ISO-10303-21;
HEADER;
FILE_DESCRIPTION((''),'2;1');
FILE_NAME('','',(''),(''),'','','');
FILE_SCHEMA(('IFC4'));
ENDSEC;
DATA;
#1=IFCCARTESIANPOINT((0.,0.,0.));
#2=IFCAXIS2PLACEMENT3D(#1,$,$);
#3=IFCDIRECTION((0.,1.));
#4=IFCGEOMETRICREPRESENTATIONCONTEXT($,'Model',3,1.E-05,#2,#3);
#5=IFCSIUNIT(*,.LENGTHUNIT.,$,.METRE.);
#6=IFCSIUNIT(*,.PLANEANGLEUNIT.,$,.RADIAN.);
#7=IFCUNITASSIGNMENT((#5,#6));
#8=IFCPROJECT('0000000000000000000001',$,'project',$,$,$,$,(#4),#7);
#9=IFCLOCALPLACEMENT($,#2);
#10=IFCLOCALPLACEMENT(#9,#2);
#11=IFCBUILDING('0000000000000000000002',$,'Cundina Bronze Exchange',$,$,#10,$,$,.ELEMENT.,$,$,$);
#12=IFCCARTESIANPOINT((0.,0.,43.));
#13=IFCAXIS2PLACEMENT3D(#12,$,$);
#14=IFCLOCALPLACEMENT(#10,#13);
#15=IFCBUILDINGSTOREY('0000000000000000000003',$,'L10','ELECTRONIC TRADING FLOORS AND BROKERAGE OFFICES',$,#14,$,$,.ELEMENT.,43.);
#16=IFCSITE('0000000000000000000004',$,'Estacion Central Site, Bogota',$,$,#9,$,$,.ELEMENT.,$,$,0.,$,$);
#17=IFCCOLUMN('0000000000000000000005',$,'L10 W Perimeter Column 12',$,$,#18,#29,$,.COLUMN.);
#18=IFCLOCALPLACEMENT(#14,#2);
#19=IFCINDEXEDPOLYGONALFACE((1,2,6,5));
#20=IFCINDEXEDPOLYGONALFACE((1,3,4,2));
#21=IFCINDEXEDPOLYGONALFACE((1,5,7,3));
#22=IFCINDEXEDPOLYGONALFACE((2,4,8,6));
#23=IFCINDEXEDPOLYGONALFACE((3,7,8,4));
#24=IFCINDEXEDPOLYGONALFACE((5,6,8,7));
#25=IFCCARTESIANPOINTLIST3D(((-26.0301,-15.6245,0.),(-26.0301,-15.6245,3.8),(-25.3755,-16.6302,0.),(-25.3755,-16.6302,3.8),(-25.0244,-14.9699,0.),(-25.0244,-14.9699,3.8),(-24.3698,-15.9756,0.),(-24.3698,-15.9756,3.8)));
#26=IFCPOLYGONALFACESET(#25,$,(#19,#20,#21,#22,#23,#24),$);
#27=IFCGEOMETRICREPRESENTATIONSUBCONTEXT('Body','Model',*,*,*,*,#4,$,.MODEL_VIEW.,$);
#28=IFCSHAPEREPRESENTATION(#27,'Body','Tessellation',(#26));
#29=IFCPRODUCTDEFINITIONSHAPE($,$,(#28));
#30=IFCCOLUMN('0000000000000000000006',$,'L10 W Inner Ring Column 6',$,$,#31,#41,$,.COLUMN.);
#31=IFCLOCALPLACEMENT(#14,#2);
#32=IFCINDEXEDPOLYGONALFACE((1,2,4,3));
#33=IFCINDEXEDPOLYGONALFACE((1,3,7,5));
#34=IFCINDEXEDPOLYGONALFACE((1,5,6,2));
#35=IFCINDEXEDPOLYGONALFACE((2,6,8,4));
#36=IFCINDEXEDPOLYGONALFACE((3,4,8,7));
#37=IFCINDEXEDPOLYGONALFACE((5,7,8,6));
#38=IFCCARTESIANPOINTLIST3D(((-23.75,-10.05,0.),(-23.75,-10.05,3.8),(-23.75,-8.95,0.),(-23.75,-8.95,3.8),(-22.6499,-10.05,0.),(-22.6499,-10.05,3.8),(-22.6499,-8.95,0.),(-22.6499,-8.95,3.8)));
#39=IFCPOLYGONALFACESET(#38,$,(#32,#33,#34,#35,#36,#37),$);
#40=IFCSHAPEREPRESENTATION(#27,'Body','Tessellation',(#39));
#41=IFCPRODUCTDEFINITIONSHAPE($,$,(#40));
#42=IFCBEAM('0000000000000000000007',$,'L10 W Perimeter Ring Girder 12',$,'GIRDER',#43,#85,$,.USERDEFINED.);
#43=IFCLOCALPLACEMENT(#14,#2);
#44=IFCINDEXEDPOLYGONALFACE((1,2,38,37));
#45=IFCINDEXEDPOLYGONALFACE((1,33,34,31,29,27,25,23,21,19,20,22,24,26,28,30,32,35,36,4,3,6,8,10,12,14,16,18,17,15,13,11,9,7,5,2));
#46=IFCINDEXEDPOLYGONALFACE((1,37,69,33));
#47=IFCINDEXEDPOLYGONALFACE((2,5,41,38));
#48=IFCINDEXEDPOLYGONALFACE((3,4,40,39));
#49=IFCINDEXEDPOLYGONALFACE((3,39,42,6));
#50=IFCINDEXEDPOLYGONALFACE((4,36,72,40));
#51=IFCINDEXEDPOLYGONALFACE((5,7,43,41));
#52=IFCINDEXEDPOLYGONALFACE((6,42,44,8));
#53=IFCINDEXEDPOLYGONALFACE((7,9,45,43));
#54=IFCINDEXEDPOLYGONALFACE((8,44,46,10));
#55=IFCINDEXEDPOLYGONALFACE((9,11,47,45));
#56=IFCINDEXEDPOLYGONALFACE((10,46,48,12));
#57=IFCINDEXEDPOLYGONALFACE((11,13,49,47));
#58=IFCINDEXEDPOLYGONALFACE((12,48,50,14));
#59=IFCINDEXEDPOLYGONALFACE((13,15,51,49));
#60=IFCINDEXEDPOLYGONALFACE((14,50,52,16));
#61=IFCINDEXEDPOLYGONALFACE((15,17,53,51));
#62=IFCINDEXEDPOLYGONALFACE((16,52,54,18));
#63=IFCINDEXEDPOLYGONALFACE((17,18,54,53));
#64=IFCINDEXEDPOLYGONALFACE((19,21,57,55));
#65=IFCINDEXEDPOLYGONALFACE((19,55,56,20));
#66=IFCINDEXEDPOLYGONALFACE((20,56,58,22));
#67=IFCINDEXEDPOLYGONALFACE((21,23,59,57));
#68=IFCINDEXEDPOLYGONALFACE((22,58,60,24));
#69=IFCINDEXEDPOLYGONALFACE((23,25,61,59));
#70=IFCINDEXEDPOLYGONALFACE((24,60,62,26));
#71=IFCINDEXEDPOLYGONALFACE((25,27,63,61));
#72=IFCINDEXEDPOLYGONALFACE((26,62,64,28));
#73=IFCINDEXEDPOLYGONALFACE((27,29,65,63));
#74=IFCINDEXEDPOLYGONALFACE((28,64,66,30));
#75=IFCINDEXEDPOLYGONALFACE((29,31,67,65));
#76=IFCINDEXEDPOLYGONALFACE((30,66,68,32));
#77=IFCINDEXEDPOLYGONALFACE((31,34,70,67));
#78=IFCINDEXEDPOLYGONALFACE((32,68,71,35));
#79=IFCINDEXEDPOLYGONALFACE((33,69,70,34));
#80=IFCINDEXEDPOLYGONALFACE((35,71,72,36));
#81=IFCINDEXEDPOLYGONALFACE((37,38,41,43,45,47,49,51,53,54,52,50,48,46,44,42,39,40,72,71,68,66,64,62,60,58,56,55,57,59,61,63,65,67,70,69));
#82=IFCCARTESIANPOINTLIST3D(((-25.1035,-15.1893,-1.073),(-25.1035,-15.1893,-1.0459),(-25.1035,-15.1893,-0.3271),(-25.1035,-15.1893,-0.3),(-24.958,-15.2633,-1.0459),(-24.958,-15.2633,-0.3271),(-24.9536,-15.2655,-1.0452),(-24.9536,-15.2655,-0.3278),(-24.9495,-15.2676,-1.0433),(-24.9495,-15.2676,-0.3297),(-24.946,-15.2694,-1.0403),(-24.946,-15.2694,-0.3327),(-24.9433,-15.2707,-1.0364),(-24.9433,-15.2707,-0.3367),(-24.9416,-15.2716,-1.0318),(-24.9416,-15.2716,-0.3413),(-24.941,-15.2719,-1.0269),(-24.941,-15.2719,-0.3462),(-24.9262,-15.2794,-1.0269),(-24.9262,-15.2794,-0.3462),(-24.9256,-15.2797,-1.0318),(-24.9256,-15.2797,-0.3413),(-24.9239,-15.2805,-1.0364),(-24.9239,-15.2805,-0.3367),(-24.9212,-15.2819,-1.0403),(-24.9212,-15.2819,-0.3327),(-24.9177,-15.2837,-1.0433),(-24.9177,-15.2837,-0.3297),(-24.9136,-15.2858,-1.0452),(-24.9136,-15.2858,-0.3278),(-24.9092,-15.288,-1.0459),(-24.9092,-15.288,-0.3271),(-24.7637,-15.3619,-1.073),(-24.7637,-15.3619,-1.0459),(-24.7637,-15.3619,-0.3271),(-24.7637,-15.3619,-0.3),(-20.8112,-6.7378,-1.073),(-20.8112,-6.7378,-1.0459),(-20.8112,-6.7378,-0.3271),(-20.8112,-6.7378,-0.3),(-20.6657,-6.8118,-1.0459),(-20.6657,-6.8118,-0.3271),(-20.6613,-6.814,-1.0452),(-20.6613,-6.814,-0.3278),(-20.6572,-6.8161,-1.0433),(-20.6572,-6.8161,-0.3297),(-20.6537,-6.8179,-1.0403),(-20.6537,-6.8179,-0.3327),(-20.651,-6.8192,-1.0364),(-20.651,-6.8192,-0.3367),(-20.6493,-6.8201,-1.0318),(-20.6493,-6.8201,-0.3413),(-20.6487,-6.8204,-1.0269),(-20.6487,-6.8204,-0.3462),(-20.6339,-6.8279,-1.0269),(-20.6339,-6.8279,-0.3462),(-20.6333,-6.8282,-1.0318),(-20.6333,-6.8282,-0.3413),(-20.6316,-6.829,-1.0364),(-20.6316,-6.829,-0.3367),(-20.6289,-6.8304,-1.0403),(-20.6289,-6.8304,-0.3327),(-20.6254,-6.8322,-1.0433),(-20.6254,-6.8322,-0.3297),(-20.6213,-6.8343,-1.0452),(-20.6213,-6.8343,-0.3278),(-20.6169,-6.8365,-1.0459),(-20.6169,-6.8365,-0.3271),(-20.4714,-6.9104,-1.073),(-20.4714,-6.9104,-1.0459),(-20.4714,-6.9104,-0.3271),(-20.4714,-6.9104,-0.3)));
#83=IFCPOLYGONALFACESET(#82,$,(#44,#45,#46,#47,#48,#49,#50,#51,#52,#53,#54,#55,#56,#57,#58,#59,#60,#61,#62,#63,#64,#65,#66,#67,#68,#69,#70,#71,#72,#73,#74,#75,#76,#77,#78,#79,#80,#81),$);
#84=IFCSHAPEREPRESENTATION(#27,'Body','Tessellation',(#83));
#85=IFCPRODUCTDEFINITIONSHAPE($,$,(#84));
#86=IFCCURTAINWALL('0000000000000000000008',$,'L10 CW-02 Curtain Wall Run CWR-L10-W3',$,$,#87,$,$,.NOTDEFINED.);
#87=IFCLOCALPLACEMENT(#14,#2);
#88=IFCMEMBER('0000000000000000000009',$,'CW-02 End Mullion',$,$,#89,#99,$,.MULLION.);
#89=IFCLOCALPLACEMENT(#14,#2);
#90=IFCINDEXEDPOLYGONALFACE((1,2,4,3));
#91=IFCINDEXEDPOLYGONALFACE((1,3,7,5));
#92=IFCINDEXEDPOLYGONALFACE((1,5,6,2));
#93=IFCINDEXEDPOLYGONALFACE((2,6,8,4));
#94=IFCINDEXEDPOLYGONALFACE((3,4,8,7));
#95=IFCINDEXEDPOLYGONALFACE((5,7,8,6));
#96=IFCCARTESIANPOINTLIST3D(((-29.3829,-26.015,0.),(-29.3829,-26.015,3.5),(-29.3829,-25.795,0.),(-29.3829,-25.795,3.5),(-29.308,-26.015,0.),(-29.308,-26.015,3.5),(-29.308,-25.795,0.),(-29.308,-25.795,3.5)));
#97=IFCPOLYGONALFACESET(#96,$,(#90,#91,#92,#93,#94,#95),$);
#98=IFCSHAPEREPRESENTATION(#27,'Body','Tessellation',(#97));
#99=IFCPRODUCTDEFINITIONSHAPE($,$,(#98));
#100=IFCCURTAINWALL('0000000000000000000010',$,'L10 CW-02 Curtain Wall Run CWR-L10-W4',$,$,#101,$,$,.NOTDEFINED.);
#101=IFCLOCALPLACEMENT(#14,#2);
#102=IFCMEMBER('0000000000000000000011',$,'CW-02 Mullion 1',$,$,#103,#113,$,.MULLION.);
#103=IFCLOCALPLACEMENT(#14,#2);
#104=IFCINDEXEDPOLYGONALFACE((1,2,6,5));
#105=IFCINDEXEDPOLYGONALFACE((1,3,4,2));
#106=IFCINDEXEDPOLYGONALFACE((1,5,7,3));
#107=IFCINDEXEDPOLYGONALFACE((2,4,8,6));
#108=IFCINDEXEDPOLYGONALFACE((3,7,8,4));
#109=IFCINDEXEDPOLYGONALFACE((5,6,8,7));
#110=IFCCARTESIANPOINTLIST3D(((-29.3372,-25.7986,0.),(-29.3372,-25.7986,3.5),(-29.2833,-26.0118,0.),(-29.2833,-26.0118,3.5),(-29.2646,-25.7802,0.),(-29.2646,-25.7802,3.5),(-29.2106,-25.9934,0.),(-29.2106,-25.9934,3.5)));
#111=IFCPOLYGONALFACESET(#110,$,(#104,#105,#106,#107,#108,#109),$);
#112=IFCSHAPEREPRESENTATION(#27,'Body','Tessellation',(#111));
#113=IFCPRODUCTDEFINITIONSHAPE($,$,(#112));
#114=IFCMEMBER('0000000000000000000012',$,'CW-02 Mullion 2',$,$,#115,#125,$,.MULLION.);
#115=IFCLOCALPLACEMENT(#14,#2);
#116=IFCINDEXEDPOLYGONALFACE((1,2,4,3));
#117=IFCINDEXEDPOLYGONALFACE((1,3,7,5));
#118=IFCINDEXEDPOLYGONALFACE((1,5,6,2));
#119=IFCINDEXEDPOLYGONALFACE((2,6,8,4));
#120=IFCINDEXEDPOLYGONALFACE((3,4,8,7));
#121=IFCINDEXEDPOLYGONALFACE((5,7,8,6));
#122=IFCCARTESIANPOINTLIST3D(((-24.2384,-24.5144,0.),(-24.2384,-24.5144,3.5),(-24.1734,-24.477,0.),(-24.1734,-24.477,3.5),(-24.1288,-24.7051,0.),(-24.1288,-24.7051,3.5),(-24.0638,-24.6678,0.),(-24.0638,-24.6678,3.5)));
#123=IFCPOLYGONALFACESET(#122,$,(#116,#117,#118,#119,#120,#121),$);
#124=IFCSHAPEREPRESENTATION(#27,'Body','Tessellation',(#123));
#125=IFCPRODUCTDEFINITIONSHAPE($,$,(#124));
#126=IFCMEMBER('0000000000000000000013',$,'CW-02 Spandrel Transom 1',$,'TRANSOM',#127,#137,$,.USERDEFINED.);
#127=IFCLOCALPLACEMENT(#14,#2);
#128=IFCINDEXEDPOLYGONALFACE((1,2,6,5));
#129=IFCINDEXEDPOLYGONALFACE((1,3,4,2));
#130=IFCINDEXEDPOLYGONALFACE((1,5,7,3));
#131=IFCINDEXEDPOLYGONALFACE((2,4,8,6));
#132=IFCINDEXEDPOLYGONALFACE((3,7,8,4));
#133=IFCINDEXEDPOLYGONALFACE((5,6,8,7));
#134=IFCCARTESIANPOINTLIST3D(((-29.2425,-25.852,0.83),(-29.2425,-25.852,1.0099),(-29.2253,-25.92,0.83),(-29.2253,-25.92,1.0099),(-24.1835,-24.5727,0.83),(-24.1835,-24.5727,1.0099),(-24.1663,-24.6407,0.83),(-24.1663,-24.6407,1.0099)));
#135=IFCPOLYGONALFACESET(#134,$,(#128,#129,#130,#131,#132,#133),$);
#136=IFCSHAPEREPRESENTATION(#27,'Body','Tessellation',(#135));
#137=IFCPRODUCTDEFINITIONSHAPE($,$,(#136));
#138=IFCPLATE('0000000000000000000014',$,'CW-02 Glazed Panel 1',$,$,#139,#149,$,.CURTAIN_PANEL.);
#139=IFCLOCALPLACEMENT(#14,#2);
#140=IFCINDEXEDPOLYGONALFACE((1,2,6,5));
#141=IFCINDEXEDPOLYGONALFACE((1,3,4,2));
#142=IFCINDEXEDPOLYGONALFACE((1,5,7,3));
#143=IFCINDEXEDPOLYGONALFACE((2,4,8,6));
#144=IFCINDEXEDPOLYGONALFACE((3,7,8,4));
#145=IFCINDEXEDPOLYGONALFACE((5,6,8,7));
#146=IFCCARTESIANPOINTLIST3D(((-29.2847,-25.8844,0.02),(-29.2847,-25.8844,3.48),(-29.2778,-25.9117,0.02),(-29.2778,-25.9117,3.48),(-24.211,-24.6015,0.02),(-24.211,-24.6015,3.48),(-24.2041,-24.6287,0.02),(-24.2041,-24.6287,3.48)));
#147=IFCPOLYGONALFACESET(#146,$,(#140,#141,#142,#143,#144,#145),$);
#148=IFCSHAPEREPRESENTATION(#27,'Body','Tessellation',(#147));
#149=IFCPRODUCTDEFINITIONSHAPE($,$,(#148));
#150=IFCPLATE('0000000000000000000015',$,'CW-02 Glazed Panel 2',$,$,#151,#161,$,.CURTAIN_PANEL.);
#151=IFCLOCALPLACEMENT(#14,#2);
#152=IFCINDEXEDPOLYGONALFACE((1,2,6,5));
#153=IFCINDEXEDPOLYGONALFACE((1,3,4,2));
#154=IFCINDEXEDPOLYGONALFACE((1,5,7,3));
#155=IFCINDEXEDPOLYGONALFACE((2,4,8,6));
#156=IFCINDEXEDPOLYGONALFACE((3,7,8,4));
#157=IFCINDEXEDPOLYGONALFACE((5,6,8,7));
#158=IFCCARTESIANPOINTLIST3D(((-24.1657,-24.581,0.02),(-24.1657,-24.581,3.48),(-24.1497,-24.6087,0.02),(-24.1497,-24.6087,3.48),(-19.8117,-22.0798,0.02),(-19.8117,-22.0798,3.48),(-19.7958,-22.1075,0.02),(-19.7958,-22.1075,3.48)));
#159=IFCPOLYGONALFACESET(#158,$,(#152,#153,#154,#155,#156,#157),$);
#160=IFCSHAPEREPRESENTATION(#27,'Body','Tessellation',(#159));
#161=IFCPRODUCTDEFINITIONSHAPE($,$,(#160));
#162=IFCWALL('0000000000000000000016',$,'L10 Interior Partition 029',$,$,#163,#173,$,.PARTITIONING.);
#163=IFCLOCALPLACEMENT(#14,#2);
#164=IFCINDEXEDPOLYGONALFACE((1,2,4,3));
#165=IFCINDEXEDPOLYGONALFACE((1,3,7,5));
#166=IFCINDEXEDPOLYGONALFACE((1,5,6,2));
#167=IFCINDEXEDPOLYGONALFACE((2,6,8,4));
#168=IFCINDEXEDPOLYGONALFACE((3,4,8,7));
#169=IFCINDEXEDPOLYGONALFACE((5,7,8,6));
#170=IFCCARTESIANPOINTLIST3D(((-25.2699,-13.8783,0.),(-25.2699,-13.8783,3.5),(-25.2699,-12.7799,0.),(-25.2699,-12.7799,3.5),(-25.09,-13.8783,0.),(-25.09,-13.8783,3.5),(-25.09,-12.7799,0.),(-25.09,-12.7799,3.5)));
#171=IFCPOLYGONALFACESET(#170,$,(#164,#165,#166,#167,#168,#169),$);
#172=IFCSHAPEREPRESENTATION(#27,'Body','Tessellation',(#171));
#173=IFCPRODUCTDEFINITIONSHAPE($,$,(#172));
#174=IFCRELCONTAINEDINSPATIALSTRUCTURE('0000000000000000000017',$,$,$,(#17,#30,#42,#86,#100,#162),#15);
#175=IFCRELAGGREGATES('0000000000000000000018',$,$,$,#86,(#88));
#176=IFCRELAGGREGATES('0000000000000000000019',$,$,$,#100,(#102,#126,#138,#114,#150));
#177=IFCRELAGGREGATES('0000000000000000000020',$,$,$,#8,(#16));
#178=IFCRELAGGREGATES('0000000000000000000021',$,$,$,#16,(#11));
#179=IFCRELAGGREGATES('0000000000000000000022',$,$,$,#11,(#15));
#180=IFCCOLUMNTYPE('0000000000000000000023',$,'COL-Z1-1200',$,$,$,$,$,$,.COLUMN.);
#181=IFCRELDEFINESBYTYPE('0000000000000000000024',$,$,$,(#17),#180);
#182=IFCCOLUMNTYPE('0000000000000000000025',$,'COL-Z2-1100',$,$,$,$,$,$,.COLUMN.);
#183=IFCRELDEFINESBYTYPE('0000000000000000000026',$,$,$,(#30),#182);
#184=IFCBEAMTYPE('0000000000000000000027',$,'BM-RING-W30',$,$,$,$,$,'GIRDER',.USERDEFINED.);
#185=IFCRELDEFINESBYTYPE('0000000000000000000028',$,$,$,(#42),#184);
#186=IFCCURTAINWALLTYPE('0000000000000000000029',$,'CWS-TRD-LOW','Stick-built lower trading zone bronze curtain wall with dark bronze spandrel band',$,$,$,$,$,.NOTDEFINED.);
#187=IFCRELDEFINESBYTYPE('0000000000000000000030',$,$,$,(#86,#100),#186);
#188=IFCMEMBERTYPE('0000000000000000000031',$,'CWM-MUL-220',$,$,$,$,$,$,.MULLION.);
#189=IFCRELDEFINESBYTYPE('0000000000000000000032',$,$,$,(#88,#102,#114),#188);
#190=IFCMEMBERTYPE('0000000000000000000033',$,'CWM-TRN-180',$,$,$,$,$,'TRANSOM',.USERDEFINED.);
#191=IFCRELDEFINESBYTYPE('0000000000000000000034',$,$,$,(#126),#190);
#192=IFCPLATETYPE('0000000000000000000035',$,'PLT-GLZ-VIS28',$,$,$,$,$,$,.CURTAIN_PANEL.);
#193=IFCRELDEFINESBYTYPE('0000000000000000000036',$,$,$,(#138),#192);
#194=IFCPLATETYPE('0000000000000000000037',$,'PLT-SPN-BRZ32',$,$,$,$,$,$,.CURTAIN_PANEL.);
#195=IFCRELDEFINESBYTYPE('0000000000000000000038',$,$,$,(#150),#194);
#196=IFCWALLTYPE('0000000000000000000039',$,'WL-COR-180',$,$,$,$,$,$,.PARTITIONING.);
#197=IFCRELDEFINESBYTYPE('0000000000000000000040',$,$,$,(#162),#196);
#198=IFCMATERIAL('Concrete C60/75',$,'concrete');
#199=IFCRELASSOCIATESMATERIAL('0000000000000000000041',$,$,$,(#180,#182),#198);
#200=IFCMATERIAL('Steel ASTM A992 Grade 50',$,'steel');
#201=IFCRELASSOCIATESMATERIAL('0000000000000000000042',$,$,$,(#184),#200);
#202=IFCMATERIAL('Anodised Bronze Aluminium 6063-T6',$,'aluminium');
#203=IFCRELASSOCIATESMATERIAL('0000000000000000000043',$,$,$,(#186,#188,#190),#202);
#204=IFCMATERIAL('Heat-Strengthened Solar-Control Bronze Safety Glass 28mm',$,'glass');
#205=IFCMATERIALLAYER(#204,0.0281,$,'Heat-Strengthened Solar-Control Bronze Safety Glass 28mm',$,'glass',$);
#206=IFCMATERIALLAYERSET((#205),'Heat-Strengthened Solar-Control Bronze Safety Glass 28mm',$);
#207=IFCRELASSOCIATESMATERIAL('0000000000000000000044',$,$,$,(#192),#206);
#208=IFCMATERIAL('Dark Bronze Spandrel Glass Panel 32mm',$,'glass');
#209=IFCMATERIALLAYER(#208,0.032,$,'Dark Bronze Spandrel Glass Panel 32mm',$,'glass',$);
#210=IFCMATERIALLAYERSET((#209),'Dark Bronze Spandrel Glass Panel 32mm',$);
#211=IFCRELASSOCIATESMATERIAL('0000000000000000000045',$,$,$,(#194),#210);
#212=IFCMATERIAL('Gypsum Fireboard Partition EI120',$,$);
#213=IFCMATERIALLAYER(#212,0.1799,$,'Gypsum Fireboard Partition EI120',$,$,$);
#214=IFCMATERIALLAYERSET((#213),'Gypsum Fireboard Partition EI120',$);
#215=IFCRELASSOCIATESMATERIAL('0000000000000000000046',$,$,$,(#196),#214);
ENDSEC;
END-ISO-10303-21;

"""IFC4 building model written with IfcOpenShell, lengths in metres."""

from ifc_helpers import new_model, si_unit, direction, frame, frame_2d, origin, origin_2d, place, context, subcontext, project, spatial, rectangle, i_section, extrude, material, layer, layer_set, material_profile, profile_set, type_object, element, aggregate, save


model = new_model("IFC4")

# Units and contexts
model_context = context("Model", 3, precision=1e-05, world=origin(), true_north=direction((0.0, 1.0)))
body_context = subcontext(model_context, "Body", "Model", "MODEL_VIEW")
ifc_project = project(units=[si_unit("LENGTHUNIT", "METRE"), si_unit("PLANEANGLEUNIT", "RADIAN")], contexts=[model_context])

# Site, building, storey
site_placement = place(None, origin())
site = spatial("IfcSite", under=ifc_project, at=site_placement, Name="Estacion Central Site, Bogota", CompositionType="ELEMENT", RefElevation=0.0)
building_placement = place(site_placement, origin())
building = spatial("IfcBuilding", under=site, at=building_placement, Name="Cundina Bronze Exchange", CompositionType="ELEMENT")
storey_placement = place(building_placement, frame((0.0, 0.0, 43.0)))
storey = spatial("IfcBuildingStorey", under=building, at=storey_placement, Name="L10", Description="ELECTRONIC TRADING FLOORS AND BROKERAGE OFFICES", CompositionType="ELEMENT", Elevation=43.0)

# Columns
ifc_material_1 = material(Name="Concrete C60/75", Category="concrete")
ifc_material_profile_1 = material_profile(ifc_material_1, rectangle(XDim=1.2, YDim=1.2, at=origin_2d()), Name="RC1200X1200", Category="concrete")
ifc_profile_set_1 = profile_set([ifc_material_profile_1], Name="Concrete C60/75")
column_type_1 = type_object("IfcColumnType", Name="COL-Z1-1200", PredefinedType="COLUMN", material=ifc_profile_set_1)
column_1_placement = place(storey_placement, frame((-25.2, -15.8, 0.0), z_axis=(0.0, 0.0, 1.0), x_axis=(0.8381, 0.545517, 0.0)))
element("IfcColumn", 1, at=column_1_placement, inside=storey, type_object=column_type_1, Name="L10 W Perimeter Column 12", PredefinedType="COLUMN", context=body_context, shape_type="SweptSolid", body=[
    extrude(rectangle(XDim=1.2, YDim=1.2, at=origin_2d()), origin(), (0.0, 0.0, 1.0), 3.8),
])
ifc_material_profile_2 = material_profile(ifc_material_1, rectangle(XDim=1.1001, YDim=1.1001, at=origin_2d()), Name="RC1100X1100", Category="concrete")
ifc_profile_set_2 = profile_set([ifc_material_profile_2], Name="Concrete C60/75")
column_type_2 = type_object("IfcColumnType", Name="COL-Z2-1100", PredefinedType="COLUMN", material=ifc_profile_set_2)
column_2_placement = place(storey_placement, frame((-23.2, -9.5, 0.0), z_axis=(0.0, 0.0, 1.0), x_axis=(1.0, 0.0, 0.0)))
element("IfcColumn", 2, at=column_2_placement, inside=storey, type_object=column_type_2, Name="L10 W Inner Ring Column 6", PredefinedType="COLUMN", context=body_context, shape_type="SweptSolid", body=[
    extrude(rectangle(XDim=1.1001, YDim=1.1001, at=origin_2d()), origin(), (0.0, 0.0, 1.0), 3.8),
])

# Beam
ifc_material_2 = material(Name="Steel ASTM A992 Grade 50", Category="steel")
ifc_material_profile_3 = material_profile(ifc_material_2, i_section(OverallWidth=0.3811, OverallDepth=0.7729, WebThickness=0.0166, FlangeThickness=0.0271, FilletRadius=0.019, at=origin_2d()), Name="W30X173", Category="steel")
ifc_profile_set_3 = profile_set([ifc_material_profile_3], Name="Steel ASTM A992 Grade 50")
beam_type = type_object("IfcBeamType", Name="BM-RING-W30", ElementType="GIRDER", PredefinedType="USERDEFINED", material=ifc_profile_set_3)
beam_placement = place(storey_placement, frame((-24.9336, -15.2756, -0.6865), z_axis=(0.45282, 0.891602, 0.0), x_axis=(-0.891602, 0.45282, 0.0)))
element("IfcBeam", 3, at=beam_placement, inside=storey, type_object=beam_type, Name="L10 W Perimeter Ring Girder 12", ObjectType="GIRDER", PredefinedType="USERDEFINED", context=body_context, shape_type="SweptSolid", body=[
    extrude(i_section(OverallWidth=0.3811, OverallDepth=0.7729, WebThickness=0.0166, FlangeThickness=0.0271, FilletRadius=0.019, at=origin_2d()), origin(), (0.0, 0.0, 1.0), 9.479),
])

# Curtain wall, member
ifc_material_3 = material(Name="Anodised Bronze Aluminium 6063-T6", Category="aluminium")
curtain_wall_type = type_object("IfcCurtainWallType", Name="CWS-TRD-LOW", Description="Stick-built lower trading zone bronze curtain wall with dark bronze spandrel band", PredefinedType="NOTDEFINED", material=ifc_material_3)
curtain_wall_1_placement = place(storey_placement, origin())
curtain_wall_1 = element("IfcCurtainWall", 4, at=curtain_wall_1_placement, inside=storey, type_object=curtain_wall_type, Name="L10 CW-02 Curtain Wall Run CWR-L10-W3", PredefinedType="NOTDEFINED")
ifc_material_profile_4 = material_profile(ifc_material_3, rectangle(XDim=0.075, YDim=0.22, at=origin_2d()), Name="AL75X220", Category="aluminium")
ifc_profile_set_4 = profile_set([ifc_material_profile_4], Name="Anodised Bronze Aluminium 6063-T6")
member_type_1 = type_object("IfcMemberType", Name="CWM-MUL-220", PredefinedType="MULLION", material=ifc_profile_set_4)
member_1_placement = place(storey_placement, frame((-29.3455, -25.905, 0.0), z_axis=(0.0, 0.0, 1.0), x_axis=(1.0, 0.0, 0.0)))
member_1 = element("IfcMember", 5, at=member_1_placement, type_object=member_type_1, Name="CW-02 End Mullion", PredefinedType="MULLION", context=body_context, shape_type="SweptSolid", body=[
    extrude(rectangle(XDim=0.075, YDim=0.22, at=origin_2d()), origin(), (0.0, 0.0, 1.0), 3.5),
])
aggregate(curtain_wall_1, [member_1])

# Curtain wall, members, plates
curtain_wall_2_placement = place(storey_placement, origin())
curtain_wall_2 = element("IfcCurtainWall", 6, at=curtain_wall_2_placement, inside=storey, type_object=curtain_wall_type, Name="L10 CW-02 Curtain Wall Run CWR-L10-W4", PredefinedType="NOTDEFINED")
member_2_placement = place(storey_placement, frame((-29.2739, -25.896, 0.0), z_axis=(0.0, 0.0, 1.0), x_axis=(0.969488, 0.245138, 0.0)))
member_2 = element("IfcMember", 7, at=member_2_placement, type_object=member_type_1, Name="CW-02 Mullion 1", PredefinedType="MULLION", context=body_context, shape_type="SweptSolid", body=[
    extrude(rectangle(XDim=0.075, YDim=0.22, at=origin_2d()), origin(), (0.0, 0.0, 1.0), 3.5),
])
member_3_placement = place(storey_placement, frame((-24.1511, -24.5911, 0.0), z_axis=(0.0, 0.0, 1.0), x_axis=(0.867071, 0.498185, 0.0)))
member_3 = element("IfcMember", 8, at=member_3_placement, type_object=member_type_1, Name="CW-02 Mullion 2", PredefinedType="MULLION", context=body_context, shape_type="SweptSolid", body=[
    extrude(rectangle(XDim=0.075, YDim=0.22, at=origin_2d()), origin(), (0.0, 0.0, 1.0), 3.5),
])
ifc_material_profile_5 = material_profile(ifc_material_3, rectangle(XDim=0.0701, YDim=0.1799, at=origin_2d()), Name="AL70X180", Category="aluminium")
ifc_profile_set_5 = profile_set([ifc_material_profile_5], Name="Anodised Bronze Aluminium 6063-T6")
member_type_2 = type_object("IfcMemberType", Name="CWM-TRN-180", ElementType="TRANSOM", PredefinedType="USERDEFINED", material=ifc_profile_set_5)
member_4_placement = place(storey_placement, frame((-29.2339, -25.886, 0.9199), z_axis=(0.969484, 0.245155, 0.0), x_axis=(-0.245155, 0.969484, 0.0)))
member_4 = element("IfcMember", 9, at=member_4_placement, type_object=member_type_2, Name="CW-02 Spandrel Transom 1", ObjectType="TRANSOM", PredefinedType="USERDEFINED", context=body_context, shape_type="SweptSolid", body=[
    extrude(rectangle(XDim=0.0701, YDim=0.1799, at=origin_2d()), origin(), (0.0, 0.0, 1.0), 5.2183),
])
ifc_material_4 = material(Name="Heat-Strengthened Solar-Control Bronze Safety Glass 28mm", Category="glass")
ifc_layer_1 = layer(ifc_material_4, 0.0281, Name="Heat-Strengthened Solar-Control Bronze Safety Glass 28mm", Category="glass")
ifc_layer_set_1 = layer_set([ifc_layer_1], Name="Heat-Strengthened Solar-Control Bronze Safety Glass 28mm")
plate_type_1 = type_object("IfcPlateType", Name="PLT-GLZ-VIS28", PredefinedType="CURTAIN_PANEL", material=ifc_layer_set_1)
plate_1_placement = place(storey_placement, frame((-26.7444, -25.2566, 0.02), z_axis=(0.0, 0.0, 1.0), x_axis=(0.969488, 0.245138, 0.0)))
plate_1 = element("IfcPlate", 10, at=plate_1_placement, type_object=plate_type_1, Name="CW-02 Glazed Panel 1", PredefinedType="CURTAIN_PANEL", context=body_context, shape_type="SweptSolid", body=[
    extrude(rectangle(XDim=5.2334, YDim=0.0281, at=origin_2d()), origin(), (0.0, 0.0, 1.0), 3.46),
])
ifc_material_5 = material(Name="Dark Bronze Spandrel Glass Panel 32mm", Category="glass")
ifc_layer_2 = layer(ifc_material_5, 0.032, Name="Dark Bronze Spandrel Glass Panel 32mm", Category="glass")
ifc_layer_set_2 = layer_set([ifc_layer_2], Name="Dark Bronze Spandrel Glass Panel 32mm")
plate_type_2 = type_object("IfcPlateType", Name="PLT-SPN-BRZ32", PredefinedType="CURTAIN_PANEL", material=ifc_layer_set_2)
plate_2_placement = place(storey_placement, frame((-21.9807, -23.3442, 0.02), z_axis=(0.0, 0.0, 1.0), x_axis=(0.867105, 0.498125, 0.0)))
plate_2 = element("IfcPlate", 11, at=plate_2_placement, type_object=plate_type_2, Name="CW-02 Glazed Panel 2", PredefinedType="CURTAIN_PANEL", context=body_context, shape_type="SweptSolid", body=[
    extrude(rectangle(XDim=5.0212, YDim=0.032, at=origin_2d()), origin(), (0.0, 0.0, 1.0), 3.46),
])
aggregate(curtain_wall_2, [member_2, member_4, plate_1, member_3, plate_2])

# Wall
ifc_material_6 = material(Name="Gypsum Fireboard Partition EI120")
ifc_layer_3 = layer(ifc_material_6, 0.1799, Name="Gypsum Fireboard Partition EI120")
ifc_layer_set_3 = layer_set([ifc_layer_3], Name="Gypsum Fireboard Partition EI120")
wall_type_1 = type_object("IfcWallType", Name="WL-COR-180", PredefinedType="PARTITIONING", material=ifc_layer_set_3)
wall_1_placement = place(storey_placement, frame((-25.1799, -13.8784, 0.0), z_axis=(0.0, 0.0, 1.0), x_axis=(0.0, 1.0, 0.0)))
element("IfcWall", 12, at=wall_1_placement, inside=storey, type_object=wall_type_1, Name="L10 Interior Partition 029", PredefinedType="PARTITIONING", context=body_context, shape_type="SweptSolid", body=[
    extrude(rectangle(XDim=1.0984, YDim=0.1799, at=frame_2d((0.5493, 0.0))), origin(), (0.0, 0.0, 1.0), 3.5),
])

save(model, "model.ifc")
